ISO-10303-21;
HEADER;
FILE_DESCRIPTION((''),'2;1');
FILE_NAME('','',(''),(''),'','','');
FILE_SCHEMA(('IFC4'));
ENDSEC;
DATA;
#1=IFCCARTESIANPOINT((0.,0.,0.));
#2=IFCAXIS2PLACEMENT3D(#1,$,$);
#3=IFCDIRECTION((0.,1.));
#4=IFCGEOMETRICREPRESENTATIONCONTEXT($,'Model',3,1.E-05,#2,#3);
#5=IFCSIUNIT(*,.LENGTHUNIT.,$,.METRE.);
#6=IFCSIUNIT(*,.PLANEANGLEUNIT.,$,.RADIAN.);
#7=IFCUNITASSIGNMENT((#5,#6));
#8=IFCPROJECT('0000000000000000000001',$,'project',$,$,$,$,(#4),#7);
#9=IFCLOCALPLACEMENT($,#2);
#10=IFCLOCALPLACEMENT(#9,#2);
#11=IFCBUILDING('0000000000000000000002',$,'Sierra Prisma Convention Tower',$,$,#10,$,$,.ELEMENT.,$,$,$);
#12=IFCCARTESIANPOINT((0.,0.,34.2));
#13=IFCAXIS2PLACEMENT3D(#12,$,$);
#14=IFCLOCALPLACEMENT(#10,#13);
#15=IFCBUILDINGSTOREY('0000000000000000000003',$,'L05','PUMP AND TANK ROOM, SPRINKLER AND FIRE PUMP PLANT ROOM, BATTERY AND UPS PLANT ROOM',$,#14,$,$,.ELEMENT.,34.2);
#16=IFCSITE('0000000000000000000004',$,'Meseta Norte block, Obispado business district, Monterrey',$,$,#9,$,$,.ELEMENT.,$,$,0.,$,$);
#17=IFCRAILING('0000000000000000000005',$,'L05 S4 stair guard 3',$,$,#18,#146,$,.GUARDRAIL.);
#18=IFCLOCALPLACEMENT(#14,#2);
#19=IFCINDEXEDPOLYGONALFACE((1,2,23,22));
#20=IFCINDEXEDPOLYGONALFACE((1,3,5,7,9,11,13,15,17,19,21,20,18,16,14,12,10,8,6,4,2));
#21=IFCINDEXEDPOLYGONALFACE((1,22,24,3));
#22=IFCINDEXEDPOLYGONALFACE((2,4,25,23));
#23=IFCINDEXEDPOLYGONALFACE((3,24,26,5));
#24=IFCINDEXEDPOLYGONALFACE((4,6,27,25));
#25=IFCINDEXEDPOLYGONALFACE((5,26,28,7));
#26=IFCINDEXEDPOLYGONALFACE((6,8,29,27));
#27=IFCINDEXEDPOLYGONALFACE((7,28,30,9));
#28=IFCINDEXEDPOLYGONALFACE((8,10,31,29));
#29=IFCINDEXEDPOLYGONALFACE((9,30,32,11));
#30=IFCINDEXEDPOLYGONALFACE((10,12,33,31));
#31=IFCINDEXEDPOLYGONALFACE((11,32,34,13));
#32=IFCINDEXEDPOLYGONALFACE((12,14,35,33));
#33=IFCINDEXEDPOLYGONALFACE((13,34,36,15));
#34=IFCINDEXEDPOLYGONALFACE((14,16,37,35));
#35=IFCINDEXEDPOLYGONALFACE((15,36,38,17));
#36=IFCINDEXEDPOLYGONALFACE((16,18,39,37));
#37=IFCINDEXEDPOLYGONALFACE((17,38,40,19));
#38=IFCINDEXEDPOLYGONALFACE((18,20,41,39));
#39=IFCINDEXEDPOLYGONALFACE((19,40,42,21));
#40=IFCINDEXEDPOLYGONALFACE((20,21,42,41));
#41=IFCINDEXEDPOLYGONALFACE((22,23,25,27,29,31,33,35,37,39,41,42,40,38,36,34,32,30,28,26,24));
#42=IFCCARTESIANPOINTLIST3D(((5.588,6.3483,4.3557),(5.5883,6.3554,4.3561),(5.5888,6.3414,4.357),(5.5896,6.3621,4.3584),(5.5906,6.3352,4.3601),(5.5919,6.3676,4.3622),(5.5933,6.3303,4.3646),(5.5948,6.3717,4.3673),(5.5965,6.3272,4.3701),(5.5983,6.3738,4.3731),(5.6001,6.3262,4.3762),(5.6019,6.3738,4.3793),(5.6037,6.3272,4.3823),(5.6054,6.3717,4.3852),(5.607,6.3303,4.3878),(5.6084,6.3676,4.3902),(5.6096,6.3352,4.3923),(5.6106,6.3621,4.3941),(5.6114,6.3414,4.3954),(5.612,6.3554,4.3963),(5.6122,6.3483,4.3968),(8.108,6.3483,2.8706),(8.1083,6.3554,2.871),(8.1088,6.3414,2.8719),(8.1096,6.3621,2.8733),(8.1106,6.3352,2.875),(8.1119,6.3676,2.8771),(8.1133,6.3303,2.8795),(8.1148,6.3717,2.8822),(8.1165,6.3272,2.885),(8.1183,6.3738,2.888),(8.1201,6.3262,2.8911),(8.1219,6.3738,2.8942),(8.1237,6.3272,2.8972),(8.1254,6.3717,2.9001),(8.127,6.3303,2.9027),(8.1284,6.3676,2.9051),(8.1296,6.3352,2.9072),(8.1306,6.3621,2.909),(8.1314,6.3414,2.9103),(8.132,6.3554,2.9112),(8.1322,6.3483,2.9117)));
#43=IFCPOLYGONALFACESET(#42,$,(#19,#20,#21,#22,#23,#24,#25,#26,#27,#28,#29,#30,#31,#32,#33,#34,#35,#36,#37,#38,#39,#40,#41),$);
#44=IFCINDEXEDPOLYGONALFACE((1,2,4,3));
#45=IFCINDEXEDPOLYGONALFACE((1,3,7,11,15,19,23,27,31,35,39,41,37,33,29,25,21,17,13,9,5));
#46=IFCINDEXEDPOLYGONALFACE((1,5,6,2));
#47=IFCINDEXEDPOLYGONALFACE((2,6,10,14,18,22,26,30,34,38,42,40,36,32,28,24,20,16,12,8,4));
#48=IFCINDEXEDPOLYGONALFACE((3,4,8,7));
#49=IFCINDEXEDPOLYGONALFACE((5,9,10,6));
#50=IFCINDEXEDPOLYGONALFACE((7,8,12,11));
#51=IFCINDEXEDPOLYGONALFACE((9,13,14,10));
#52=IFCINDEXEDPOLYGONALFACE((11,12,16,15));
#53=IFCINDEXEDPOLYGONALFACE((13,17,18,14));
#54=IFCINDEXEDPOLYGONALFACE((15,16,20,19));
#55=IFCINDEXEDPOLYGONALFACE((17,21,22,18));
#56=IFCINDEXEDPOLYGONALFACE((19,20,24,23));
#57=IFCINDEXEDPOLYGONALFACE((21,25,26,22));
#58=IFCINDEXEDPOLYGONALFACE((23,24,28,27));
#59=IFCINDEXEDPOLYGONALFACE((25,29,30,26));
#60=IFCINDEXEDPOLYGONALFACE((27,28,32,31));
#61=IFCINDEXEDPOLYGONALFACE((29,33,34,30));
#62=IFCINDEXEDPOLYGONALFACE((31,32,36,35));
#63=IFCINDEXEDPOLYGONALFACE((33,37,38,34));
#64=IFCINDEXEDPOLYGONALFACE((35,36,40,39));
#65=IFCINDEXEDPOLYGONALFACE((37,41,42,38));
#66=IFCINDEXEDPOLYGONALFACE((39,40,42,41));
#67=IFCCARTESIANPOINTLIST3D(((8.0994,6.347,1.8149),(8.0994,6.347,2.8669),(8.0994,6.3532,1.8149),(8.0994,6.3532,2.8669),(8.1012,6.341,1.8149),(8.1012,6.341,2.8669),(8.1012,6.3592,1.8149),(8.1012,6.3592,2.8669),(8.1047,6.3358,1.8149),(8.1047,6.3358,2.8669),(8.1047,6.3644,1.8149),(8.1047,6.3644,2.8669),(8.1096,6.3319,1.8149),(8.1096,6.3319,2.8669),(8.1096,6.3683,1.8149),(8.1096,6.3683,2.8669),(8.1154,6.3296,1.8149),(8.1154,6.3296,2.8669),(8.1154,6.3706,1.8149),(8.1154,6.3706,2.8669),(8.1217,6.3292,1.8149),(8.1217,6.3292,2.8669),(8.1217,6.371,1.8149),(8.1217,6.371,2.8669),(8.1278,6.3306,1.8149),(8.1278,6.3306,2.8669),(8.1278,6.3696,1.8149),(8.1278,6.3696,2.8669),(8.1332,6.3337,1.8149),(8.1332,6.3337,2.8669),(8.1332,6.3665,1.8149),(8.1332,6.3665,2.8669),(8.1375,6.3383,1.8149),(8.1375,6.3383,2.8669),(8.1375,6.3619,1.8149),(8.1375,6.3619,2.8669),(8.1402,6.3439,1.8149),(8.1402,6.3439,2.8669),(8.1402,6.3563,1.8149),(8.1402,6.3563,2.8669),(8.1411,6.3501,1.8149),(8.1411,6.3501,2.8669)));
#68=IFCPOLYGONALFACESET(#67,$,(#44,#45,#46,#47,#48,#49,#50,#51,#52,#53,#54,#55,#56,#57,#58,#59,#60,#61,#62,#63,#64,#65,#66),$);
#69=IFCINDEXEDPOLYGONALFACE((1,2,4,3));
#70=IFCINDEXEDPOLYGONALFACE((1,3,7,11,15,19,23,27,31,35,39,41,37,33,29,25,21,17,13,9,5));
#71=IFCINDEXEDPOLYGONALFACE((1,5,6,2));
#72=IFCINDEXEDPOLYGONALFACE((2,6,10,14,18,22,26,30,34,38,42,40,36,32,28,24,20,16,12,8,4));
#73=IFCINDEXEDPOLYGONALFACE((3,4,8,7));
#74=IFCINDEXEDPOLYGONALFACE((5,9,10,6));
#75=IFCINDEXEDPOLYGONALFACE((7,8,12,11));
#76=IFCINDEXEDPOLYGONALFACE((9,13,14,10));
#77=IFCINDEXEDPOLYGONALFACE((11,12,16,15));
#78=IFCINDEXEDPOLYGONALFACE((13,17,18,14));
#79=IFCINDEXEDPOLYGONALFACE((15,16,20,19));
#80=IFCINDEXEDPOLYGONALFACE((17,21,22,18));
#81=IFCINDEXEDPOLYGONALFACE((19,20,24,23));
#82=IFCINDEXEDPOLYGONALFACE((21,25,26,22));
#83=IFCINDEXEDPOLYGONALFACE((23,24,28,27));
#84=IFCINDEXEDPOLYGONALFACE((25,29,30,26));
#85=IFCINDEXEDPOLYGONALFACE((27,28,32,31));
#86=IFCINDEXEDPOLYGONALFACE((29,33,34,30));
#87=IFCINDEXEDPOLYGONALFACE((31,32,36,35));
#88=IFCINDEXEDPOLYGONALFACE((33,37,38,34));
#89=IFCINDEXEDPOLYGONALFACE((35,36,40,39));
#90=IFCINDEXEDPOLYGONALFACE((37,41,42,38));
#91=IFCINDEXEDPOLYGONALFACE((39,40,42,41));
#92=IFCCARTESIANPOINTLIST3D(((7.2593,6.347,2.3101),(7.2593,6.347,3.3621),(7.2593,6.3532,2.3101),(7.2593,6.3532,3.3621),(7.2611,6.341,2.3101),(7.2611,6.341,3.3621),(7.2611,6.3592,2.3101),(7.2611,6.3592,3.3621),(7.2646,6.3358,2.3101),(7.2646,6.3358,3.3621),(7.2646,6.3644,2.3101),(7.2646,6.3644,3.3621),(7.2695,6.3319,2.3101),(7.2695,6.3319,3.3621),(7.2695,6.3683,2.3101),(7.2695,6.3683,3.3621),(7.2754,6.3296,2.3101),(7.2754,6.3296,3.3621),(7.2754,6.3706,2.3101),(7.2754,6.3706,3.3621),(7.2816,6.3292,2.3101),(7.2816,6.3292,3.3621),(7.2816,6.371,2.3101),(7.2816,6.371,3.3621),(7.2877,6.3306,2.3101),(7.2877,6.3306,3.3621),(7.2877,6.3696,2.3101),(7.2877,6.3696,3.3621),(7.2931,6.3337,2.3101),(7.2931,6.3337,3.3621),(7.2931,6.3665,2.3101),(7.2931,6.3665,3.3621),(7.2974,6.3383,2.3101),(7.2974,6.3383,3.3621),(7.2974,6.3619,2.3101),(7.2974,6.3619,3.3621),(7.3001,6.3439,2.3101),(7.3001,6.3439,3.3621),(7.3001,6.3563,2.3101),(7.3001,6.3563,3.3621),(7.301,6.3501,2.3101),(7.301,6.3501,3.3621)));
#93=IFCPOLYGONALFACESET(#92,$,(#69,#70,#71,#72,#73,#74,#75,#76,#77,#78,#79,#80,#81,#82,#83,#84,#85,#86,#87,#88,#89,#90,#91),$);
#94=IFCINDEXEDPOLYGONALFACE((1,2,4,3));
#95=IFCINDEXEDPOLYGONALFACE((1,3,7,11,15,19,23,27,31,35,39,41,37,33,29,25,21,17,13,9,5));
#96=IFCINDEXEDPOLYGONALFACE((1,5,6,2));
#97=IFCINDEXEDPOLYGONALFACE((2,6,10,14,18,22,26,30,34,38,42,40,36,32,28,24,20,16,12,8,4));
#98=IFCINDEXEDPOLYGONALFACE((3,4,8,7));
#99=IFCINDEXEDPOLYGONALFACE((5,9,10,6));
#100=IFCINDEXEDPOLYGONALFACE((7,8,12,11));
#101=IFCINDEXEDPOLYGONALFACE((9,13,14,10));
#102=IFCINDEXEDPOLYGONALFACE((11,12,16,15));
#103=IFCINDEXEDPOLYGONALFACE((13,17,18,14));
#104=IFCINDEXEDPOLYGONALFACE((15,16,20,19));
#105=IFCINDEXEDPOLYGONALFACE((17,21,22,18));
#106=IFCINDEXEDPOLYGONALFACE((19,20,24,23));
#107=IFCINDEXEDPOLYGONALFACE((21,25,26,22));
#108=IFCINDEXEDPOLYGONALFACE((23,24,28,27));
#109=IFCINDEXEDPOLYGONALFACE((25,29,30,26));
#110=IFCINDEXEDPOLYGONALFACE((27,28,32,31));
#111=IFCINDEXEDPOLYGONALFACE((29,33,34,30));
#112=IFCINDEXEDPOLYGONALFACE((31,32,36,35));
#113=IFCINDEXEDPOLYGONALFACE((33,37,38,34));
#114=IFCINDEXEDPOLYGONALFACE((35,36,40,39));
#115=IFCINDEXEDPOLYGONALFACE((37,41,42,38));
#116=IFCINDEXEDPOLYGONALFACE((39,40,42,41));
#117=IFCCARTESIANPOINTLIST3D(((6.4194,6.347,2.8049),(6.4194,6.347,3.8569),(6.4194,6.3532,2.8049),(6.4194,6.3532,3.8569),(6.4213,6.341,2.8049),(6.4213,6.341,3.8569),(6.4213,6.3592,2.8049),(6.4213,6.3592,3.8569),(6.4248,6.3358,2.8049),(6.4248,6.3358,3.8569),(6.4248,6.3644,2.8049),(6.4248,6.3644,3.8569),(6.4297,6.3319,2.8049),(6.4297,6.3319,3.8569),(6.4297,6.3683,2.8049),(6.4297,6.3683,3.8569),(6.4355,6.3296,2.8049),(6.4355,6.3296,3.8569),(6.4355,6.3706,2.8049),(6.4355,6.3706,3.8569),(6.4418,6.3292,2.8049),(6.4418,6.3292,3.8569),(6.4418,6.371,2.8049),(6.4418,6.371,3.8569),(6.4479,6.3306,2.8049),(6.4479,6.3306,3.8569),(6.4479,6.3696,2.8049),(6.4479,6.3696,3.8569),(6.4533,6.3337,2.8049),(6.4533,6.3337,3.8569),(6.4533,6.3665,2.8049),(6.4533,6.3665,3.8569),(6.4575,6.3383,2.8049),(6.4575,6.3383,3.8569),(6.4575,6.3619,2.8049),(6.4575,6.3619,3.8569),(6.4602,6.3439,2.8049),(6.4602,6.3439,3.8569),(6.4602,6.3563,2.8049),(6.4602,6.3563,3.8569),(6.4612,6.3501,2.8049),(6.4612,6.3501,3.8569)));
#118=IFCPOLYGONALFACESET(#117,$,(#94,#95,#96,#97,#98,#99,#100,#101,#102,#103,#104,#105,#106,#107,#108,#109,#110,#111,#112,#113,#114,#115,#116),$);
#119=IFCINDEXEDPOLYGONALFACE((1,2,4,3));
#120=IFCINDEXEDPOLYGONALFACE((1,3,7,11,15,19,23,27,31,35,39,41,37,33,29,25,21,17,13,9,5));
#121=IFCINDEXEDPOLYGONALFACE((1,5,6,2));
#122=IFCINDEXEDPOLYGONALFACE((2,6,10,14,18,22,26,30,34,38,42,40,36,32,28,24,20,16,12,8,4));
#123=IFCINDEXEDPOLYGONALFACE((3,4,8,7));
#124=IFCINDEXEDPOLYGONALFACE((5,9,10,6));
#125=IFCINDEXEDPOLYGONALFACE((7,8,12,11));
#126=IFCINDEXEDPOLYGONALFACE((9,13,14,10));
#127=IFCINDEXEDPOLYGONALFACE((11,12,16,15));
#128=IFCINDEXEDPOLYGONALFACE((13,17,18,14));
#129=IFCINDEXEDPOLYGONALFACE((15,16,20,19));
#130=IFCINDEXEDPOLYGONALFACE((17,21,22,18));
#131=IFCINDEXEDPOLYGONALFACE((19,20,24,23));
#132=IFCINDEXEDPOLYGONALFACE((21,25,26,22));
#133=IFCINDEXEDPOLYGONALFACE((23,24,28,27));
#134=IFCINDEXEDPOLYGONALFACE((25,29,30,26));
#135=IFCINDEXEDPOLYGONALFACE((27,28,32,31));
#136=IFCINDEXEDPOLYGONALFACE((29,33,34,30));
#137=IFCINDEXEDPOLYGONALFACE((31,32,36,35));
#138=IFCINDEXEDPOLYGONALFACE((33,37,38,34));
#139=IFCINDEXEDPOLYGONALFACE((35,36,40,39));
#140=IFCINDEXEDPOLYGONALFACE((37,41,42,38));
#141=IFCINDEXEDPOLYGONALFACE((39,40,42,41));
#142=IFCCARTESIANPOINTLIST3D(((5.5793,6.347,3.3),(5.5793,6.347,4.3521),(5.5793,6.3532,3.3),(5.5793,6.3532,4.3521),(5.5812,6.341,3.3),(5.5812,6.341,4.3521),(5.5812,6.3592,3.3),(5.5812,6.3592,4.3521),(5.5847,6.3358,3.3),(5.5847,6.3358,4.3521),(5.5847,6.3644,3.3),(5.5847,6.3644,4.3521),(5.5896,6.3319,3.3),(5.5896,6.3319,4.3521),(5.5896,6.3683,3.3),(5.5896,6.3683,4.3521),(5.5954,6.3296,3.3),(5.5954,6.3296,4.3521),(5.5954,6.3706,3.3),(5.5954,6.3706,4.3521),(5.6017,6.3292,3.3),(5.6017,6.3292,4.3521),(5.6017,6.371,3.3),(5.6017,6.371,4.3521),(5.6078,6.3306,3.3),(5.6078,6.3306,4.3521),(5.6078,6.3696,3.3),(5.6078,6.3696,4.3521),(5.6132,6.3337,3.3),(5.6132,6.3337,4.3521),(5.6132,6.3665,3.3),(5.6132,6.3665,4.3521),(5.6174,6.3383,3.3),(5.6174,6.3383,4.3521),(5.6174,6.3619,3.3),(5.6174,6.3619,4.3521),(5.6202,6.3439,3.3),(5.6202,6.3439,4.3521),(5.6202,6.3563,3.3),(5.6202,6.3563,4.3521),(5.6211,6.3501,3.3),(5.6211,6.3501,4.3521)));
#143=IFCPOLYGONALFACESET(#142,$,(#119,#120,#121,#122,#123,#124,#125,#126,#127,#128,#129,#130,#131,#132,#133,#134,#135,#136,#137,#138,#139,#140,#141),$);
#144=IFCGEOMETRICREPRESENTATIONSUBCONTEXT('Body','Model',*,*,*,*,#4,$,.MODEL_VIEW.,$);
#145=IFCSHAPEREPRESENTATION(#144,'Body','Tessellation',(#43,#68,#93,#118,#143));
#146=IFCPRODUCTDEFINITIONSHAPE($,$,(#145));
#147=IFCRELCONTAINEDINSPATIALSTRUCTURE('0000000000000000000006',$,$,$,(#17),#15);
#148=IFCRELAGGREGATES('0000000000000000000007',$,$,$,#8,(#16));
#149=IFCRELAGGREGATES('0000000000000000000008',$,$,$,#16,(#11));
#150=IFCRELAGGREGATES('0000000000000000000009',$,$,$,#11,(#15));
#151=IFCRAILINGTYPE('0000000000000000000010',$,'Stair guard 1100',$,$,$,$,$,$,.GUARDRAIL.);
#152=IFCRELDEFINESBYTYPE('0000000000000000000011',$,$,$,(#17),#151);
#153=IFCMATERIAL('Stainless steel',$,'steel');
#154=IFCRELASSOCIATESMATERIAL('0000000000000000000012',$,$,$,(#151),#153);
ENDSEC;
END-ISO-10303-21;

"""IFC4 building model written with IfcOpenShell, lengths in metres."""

from ifc_helpers import new_model, si_unit, direction, frame, origin, origin_2d, place, context, subcontext, project, spatial, circle, extrude, material, type_object, element, save


model = new_model("IFC4")

# Units and contexts
model_context = context("Model", 3, precision=1e-05, world=origin(), true_north=direction((0.0, 1.0)))
body_context = subcontext(model_context, "Body", "Model", "MODEL_VIEW")
ifc_project = project(units=[si_unit("LENGTHUNIT", "METRE"), si_unit("PLANEANGLEUNIT", "RADIAN")], contexts=[model_context])

# Site, building, storey
site_placement = place(None, origin())
site = spatial("IfcSite", under=ifc_project, at=site_placement, Name="Meseta Norte block, Obispado business district, Monterrey", CompositionType="ELEMENT", RefElevation=0.0)
building_placement = place(site_placement, origin())
building = spatial("IfcBuilding", under=site, at=building_placement, Name="Sierra Prisma Convention Tower", CompositionType="ELEMENT")
storey_placement = place(building_placement, frame((0.0, 0.0, 34.2)))
storey = spatial("IfcBuildingStorey", under=building, at=storey_placement, Name="L05", Description="PUMP AND TANK ROOM, SPRINKLER AND FIRE PUMP PLANT ROOM, BATTERY AND UPS PLANT ROOM", CompositionType="ELEMENT", Elevation=34.2)

# Railing
ifc_material_1 = material(Name="Stainless steel", Category="steel")
railing_type_1 = type_object("IfcRailingType", Name="Stair guard 1100", PredefinedType="GUARDRAIL", material=ifc_material_1)
railing_1_placement = place(storey_placement, frame((8.1201, 6.3501, 1.8149)))
element("IfcRailing", 1, at=railing_1_placement, inside=storey, type_object=railing_type_1, Name="L05 S4 stair guard 3", PredefinedType="GUARDRAIL", context=body_context, shape_type="SweptSolid", body=[
    extrude(circle(Radius=0.0239, at=origin_2d()), frame((0.0, 0.0, 1.0762), z_axis=(-0.861524, 0.0, 0.507717), x_axis=(0.0, -1.0, 0.0)), (0.0, 0.0, 1.0), 2.925),
    extrude(circle(Radius=0.021, at=origin_2d()), origin(), (0.0, 0.0, 1.0), 1.052),
    extrude(circle(Radius=0.021, at=origin_2d()), frame((-0.8401, 0.0, 0.4951)), (0.0, 0.0, 1.0), 1.052),
    extrude(circle(Radius=0.021, at=origin_2d()), frame((-1.6799, 0.0, 0.99)), (0.0, 0.0, 1.0), 1.052),
    extrude(circle(Radius=0.021, at=origin_2d()), frame((-2.52, 0.0, 1.4851)), (0.0, 0.0, 1.0), 1.052),
])

save(model, "model.ifc")
